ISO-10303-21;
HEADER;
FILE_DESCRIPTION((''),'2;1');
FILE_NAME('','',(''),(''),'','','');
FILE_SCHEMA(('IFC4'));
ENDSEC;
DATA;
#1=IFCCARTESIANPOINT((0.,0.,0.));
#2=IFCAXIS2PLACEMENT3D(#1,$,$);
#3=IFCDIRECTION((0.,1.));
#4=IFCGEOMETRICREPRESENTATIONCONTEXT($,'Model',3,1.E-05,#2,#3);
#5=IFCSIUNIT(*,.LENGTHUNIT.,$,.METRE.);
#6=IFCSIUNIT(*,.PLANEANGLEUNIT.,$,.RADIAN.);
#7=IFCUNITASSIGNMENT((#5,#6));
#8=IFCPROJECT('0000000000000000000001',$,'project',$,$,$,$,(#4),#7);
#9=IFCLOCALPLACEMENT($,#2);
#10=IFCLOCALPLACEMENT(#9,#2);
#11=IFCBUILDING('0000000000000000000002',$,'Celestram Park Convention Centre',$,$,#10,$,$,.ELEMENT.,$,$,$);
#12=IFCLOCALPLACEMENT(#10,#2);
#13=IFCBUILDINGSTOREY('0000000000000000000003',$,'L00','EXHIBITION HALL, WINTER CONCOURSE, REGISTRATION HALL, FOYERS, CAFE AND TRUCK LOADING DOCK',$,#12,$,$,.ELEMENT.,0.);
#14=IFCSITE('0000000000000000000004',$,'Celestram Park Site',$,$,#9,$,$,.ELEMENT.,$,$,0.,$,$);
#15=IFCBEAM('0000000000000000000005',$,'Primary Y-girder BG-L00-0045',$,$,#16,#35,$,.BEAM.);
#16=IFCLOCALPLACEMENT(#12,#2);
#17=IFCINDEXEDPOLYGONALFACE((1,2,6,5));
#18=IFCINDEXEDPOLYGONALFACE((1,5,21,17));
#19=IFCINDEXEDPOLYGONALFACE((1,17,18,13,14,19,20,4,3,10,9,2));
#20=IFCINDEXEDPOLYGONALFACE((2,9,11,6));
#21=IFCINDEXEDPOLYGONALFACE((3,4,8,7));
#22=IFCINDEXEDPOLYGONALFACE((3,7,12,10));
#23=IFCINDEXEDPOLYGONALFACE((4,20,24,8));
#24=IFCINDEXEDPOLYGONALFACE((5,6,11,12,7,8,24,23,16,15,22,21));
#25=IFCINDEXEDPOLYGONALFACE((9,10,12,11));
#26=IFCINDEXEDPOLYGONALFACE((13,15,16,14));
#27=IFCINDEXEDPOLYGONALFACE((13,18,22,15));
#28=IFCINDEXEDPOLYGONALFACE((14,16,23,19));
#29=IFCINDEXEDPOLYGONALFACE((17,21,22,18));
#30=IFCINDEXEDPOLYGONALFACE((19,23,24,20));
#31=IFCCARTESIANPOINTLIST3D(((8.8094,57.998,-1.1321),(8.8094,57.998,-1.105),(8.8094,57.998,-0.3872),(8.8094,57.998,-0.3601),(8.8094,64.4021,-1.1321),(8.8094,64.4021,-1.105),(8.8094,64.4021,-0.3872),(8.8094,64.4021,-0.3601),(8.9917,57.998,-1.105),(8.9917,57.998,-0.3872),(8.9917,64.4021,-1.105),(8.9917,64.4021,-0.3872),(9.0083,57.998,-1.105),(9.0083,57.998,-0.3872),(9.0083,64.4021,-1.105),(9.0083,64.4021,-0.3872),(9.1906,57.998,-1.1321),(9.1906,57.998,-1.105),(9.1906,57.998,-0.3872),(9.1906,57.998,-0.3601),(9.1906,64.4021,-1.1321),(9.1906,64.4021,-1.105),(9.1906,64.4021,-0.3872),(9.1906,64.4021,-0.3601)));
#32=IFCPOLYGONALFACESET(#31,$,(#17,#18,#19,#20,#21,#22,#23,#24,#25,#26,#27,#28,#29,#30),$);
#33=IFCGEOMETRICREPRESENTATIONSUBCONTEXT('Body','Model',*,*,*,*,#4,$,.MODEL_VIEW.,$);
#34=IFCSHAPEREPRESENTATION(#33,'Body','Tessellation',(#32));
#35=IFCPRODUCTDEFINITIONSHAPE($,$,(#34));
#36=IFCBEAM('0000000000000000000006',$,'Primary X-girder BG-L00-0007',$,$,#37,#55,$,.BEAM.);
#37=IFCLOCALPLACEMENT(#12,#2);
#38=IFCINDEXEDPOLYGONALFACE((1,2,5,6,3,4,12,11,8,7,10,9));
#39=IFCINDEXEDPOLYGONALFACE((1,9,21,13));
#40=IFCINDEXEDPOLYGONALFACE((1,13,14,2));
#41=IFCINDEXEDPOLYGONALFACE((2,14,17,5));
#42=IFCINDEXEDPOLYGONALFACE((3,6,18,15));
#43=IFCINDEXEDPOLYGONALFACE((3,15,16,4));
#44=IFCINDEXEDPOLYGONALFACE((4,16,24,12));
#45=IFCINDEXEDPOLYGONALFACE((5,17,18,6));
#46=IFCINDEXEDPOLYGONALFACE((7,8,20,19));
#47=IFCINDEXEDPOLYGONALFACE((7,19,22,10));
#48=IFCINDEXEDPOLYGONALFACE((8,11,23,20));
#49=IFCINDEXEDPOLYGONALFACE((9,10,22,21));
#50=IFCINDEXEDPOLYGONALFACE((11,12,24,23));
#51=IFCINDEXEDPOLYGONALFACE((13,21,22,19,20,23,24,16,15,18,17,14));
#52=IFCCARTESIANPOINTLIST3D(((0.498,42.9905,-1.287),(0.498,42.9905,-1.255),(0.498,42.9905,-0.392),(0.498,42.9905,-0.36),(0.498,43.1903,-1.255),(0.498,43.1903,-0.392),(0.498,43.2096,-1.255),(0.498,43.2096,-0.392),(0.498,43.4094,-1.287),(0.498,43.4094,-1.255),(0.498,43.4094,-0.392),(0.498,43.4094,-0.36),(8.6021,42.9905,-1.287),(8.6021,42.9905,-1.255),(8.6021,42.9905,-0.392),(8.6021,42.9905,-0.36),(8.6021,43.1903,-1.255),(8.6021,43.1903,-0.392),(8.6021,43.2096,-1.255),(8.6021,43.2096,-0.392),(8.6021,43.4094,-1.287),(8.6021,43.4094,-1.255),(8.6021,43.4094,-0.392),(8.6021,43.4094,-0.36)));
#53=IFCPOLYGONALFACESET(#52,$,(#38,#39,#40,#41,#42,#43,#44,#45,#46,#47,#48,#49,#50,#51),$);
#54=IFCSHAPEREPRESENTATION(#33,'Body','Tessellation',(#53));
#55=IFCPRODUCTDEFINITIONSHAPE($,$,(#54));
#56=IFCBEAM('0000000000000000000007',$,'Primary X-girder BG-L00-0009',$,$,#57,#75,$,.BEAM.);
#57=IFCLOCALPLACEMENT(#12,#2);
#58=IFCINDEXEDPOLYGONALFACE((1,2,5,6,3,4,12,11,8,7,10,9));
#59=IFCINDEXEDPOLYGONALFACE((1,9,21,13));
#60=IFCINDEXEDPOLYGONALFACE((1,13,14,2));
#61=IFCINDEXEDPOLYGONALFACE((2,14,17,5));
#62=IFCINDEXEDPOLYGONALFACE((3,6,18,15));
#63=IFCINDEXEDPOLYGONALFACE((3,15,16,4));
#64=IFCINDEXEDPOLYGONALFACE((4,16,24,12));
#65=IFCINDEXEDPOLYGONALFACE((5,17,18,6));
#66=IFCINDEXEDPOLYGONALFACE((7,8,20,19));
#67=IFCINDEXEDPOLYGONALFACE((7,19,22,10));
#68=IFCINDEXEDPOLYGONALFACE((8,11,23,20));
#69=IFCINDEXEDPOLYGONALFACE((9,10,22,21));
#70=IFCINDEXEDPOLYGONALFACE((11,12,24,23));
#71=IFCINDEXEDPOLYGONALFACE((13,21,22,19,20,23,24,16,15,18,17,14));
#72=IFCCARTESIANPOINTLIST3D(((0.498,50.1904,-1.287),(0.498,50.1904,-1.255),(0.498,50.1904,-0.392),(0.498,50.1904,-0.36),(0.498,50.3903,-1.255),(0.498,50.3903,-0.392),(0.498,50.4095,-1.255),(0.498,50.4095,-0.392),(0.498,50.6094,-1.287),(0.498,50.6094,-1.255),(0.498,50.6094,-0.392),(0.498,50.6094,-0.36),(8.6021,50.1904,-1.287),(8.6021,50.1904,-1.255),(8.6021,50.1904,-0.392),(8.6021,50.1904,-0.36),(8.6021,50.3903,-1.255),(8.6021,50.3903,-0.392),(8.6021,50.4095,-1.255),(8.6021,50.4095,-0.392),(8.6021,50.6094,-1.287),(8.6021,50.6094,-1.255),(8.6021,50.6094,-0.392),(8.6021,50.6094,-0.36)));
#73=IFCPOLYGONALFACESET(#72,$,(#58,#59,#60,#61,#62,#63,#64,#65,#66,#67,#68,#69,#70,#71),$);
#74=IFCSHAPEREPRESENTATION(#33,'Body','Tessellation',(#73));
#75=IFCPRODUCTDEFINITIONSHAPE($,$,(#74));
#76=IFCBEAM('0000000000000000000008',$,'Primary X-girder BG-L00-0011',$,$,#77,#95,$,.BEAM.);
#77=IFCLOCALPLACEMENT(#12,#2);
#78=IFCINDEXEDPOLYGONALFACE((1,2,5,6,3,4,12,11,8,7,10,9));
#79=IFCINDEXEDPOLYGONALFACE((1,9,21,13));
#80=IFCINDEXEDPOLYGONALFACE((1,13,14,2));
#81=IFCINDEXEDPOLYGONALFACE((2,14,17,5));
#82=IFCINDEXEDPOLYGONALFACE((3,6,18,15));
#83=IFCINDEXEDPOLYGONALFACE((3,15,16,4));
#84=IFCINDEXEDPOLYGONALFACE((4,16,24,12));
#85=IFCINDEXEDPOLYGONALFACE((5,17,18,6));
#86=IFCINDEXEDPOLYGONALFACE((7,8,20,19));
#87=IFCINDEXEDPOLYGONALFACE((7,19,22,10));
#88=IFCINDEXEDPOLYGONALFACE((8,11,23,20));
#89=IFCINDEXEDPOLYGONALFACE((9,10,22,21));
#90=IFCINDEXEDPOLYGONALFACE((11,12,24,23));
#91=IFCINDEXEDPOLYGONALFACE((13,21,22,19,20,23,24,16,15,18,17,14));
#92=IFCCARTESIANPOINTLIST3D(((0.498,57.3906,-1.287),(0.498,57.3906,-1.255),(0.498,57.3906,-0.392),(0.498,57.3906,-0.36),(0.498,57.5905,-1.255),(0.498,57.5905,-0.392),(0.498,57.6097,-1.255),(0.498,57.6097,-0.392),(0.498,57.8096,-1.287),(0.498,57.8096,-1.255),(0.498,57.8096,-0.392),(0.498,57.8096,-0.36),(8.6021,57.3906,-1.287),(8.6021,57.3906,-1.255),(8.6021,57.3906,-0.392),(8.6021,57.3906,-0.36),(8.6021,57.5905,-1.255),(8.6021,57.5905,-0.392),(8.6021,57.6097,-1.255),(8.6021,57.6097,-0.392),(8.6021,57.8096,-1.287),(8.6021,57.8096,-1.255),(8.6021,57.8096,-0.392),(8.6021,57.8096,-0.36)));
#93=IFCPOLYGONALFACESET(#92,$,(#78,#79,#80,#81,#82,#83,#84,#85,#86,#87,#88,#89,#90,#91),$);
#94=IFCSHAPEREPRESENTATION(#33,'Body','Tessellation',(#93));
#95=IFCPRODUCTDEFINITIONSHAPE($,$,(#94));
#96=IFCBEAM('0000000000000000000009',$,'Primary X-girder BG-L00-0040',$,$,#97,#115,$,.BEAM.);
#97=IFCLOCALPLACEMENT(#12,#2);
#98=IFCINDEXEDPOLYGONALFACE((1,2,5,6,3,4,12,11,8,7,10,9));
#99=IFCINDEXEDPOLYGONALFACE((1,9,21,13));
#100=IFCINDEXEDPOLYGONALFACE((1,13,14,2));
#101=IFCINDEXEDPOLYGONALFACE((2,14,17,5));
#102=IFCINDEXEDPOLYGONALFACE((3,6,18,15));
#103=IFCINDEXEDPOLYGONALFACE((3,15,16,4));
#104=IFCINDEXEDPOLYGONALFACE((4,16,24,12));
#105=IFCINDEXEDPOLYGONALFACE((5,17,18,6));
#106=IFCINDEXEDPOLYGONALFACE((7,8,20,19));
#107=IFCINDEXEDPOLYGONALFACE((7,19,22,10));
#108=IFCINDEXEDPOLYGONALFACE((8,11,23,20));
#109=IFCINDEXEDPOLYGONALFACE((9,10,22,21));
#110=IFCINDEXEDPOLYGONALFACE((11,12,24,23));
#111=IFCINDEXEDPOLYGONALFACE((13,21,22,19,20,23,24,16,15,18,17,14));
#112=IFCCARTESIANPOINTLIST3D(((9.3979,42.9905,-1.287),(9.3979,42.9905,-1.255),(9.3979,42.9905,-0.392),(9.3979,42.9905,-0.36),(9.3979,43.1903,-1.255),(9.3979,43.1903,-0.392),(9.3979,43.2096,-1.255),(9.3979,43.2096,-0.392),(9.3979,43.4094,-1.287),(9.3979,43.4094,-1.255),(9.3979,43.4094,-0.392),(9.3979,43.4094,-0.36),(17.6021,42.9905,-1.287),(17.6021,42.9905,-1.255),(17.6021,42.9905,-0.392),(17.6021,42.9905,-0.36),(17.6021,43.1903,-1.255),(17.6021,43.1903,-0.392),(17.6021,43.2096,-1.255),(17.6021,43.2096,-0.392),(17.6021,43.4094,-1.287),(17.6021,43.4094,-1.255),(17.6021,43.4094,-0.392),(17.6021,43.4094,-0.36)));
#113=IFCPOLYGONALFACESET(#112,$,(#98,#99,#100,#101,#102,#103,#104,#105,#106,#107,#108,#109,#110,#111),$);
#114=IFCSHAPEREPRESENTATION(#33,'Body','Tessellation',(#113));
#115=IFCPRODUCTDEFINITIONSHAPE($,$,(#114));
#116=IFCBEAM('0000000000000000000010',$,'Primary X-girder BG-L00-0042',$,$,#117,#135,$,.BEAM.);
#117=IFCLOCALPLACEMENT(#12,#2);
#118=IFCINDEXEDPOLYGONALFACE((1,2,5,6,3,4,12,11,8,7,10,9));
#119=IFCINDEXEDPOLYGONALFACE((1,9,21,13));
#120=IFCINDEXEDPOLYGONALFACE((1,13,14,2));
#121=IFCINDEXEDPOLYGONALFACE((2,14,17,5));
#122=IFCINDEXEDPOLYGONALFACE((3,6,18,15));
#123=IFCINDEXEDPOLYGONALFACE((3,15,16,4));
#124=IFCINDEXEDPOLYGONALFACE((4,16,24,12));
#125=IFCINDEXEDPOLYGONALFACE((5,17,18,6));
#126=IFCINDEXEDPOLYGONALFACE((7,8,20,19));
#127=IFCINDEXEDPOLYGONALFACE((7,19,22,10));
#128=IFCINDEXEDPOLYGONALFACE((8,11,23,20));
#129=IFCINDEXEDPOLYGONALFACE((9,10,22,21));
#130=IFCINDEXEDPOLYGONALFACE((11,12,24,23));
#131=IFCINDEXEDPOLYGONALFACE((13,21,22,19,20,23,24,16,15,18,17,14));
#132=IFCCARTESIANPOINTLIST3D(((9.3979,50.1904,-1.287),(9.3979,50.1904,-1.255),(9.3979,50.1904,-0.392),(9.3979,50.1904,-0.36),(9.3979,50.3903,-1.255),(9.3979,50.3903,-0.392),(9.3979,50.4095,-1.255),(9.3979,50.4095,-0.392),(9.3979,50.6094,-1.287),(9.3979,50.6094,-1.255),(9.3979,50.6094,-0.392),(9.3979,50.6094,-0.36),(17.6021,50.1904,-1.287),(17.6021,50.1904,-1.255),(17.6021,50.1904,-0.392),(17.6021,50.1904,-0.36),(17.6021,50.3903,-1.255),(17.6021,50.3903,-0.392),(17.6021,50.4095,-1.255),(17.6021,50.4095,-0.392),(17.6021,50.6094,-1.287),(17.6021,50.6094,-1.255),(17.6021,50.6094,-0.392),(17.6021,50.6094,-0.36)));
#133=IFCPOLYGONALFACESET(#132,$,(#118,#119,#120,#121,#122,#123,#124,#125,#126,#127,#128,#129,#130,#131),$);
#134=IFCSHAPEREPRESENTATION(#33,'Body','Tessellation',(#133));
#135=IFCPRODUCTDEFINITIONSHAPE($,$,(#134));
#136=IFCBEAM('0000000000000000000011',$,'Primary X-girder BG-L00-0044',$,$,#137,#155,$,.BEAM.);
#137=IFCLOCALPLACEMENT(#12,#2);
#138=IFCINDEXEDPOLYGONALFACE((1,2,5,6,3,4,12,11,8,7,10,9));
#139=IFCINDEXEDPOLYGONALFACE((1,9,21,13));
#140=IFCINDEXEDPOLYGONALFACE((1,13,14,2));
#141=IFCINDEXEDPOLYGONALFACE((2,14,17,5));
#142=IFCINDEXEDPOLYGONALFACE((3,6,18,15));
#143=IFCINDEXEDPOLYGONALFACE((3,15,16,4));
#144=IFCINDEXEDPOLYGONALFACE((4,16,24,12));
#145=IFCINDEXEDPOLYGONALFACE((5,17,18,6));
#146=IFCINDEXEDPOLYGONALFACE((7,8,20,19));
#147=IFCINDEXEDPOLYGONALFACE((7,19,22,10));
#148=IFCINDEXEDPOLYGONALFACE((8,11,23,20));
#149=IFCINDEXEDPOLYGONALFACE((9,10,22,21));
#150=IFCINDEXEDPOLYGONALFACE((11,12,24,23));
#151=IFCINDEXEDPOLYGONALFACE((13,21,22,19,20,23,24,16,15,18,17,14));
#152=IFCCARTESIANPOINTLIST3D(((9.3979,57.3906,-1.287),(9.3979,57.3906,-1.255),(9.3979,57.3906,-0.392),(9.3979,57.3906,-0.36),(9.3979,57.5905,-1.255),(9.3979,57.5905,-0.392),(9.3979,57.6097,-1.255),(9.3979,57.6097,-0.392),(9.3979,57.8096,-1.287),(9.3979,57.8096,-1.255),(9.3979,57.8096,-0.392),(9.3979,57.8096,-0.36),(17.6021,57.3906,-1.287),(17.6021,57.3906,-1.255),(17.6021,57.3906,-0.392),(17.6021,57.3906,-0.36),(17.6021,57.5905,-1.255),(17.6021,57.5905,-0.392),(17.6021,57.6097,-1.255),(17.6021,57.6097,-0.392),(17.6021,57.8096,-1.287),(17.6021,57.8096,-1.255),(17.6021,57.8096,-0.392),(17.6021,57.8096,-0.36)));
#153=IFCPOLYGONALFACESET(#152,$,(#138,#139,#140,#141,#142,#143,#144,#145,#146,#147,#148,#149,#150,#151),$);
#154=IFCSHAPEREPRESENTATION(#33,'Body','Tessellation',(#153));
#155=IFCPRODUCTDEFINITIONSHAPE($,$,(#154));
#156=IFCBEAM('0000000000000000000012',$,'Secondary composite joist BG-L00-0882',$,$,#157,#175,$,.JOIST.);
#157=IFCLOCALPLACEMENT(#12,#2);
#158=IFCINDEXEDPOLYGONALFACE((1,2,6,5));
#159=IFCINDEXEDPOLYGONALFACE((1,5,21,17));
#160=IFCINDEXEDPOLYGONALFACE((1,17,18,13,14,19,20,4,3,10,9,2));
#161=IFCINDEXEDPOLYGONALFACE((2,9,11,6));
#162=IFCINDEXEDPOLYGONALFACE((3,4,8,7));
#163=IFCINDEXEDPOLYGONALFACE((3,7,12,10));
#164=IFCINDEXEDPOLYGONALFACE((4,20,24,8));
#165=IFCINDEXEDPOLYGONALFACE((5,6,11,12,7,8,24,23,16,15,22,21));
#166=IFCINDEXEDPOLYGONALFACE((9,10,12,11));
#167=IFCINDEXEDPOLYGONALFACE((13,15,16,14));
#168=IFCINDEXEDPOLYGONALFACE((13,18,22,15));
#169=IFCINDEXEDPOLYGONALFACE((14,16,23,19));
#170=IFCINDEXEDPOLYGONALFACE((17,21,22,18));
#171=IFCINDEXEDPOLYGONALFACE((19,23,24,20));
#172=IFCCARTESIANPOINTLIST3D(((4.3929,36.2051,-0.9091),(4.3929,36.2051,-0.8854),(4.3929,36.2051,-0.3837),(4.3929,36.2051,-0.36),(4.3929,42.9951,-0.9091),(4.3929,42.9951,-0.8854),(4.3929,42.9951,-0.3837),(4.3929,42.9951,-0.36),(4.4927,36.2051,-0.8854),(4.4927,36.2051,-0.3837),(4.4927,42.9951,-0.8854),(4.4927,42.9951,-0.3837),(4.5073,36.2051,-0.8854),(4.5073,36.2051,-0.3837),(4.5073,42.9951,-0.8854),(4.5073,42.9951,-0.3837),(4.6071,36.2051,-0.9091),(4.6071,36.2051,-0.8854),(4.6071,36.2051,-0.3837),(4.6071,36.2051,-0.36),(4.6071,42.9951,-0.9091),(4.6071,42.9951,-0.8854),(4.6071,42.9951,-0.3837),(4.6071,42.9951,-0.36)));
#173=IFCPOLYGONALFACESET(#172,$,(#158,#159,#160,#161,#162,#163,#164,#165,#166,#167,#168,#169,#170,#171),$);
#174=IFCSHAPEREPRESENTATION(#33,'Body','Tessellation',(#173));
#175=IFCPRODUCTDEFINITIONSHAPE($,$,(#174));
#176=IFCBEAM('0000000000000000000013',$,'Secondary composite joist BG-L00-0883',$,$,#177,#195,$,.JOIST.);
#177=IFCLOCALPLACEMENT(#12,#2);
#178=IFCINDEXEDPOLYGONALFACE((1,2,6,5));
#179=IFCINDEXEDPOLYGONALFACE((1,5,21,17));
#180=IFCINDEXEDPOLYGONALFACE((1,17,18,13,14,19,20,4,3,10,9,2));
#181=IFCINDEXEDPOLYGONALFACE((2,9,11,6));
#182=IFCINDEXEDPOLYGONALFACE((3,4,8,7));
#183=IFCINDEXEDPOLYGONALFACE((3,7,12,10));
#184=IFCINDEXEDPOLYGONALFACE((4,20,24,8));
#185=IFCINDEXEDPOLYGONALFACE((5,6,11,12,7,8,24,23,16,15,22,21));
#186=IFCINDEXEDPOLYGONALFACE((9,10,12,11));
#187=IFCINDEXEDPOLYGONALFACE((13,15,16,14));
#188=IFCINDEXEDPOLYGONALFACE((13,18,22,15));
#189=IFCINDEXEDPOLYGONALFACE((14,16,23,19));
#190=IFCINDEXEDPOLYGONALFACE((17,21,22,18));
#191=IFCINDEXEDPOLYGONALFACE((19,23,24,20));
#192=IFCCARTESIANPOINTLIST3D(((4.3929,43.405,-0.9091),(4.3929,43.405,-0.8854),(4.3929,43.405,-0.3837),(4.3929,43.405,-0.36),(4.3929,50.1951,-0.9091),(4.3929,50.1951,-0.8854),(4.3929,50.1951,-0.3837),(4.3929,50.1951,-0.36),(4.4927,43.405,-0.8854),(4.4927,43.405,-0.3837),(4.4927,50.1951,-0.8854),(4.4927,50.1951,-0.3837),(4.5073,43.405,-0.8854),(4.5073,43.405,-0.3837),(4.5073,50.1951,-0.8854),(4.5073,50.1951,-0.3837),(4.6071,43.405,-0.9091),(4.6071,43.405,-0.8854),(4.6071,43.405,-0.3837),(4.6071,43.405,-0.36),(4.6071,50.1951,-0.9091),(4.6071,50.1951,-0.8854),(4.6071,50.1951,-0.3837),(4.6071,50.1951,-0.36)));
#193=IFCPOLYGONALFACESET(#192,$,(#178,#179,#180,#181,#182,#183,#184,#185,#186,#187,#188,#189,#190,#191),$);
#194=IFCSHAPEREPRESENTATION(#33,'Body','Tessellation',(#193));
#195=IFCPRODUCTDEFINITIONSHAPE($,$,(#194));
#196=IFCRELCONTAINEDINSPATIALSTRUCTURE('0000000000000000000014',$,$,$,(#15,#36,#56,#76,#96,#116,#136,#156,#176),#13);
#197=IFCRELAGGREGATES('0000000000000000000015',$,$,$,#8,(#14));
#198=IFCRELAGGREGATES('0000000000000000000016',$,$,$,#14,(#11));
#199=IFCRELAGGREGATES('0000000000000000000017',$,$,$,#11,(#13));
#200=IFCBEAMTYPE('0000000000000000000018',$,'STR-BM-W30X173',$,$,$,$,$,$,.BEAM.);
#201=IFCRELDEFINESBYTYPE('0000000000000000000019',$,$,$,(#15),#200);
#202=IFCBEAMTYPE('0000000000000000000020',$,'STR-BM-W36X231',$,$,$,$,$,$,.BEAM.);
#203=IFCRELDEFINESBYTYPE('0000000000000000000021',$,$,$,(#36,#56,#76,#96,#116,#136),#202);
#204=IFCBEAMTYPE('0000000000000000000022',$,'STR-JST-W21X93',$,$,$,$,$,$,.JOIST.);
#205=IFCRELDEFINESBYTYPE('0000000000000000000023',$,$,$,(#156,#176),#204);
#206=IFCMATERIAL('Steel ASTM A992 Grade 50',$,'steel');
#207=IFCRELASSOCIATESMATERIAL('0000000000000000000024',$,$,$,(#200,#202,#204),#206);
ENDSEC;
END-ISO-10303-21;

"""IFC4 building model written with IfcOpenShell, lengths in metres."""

from ifc_helpers import new_model, si_unit, direction, frame, origin, origin_2d, place, context, subcontext, project, spatial, i_section, extrude, material, material_profile, profile_set, type_object, element, save


model = new_model("IFC4")

# Units and contexts
model_context = context("Model", 3, precision=1e-05, world=origin(), true_north=direction((0.0, 1.0)))
body_context = subcontext(model_context, "Body", "Model", "MODEL_VIEW")
ifc_project = project(units=[si_unit("LENGTHUNIT", "METRE"), si_unit("PLANEANGLEUNIT", "RADIAN")], contexts=[model_context])

# Site, building, storey
site_placement = place(None, origin())
site = spatial("IfcSite", under=ifc_project, at=site_placement, Name="Celestram Park Site", CompositionType="ELEMENT", RefElevation=0.0)
building_placement = place(site_placement, origin())
building = spatial("IfcBuilding", under=site, at=building_placement, Name="Celestram Park Convention Centre", CompositionType="ELEMENT")
storey_placement = place(building_placement, origin())
storey = spatial("IfcBuildingStorey", under=building, at=storey_placement, Name="L00", Description="EXHIBITION HALL, WINTER CONCOURSE, REGISTRATION HALL, FOYERS, CAFE AND TRUCK LOADING DOCK", CompositionType="ELEMENT", Elevation=0.0)

# Shared definitions
ifc_material_1 = material(Name="Steel ASTM A992 Grade 50", Category="steel")

# Beams
ifc_material_profile_1 = material_profile(ifc_material_1, i_section(OverallWidth=0.3811, OverallDepth=0.772, WebThickness=0.0166, FlangeThickness=0.0271, at=origin_2d()), Name="W30X173")
ifc_profile_set_1 = profile_set([ifc_material_profile_1], Name="Steel ASTM A992 Grade 50")
beam_type_1 = type_object("IfcBeamType", Name="STR-BM-W30X173", PredefinedType="BEAM", material=ifc_profile_set_1)
beam_1_placement = place(storey_placement, frame((9.0, 57.998, -0.7461), z_axis=(0.0, 1.0, 0.0), x_axis=(-1.0, 0.0, 0.0)))
element("IfcBeam", 1, at=beam_1_placement, inside=storey, type_object=beam_type_1, Name="Primary Y-girder BG-L00-0045", PredefinedType="BEAM", context=body_context, shape_type="SweptSolid", body=[
    extrude(i_section(OverallWidth=0.3811, OverallDepth=0.772, WebThickness=0.0166, FlangeThickness=0.0271, at=origin_2d()), origin(), (0.0, 0.0, 1.0), 6.4041),
])
ifc_material_profile_2 = material_profile(ifc_material_1, i_section(OverallWidth=0.4189, OverallDepth=0.927, WebThickness=0.0193, FlangeThickness=0.032, at=origin_2d()), Name="W36X231")
ifc_profile_set_2 = profile_set([ifc_material_profile_2], Name="Steel ASTM A992 Grade 50")
beam_type_2 = type_object("IfcBeamType", Name="STR-BM-W36X231", PredefinedType="BEAM", material=ifc_profile_set_2)
for number, where, z_axis, x_axis, name in (
    (2, (0.498, 43.2, -0.8235), (1.0, 0.0, 0.0), (0.0, 1.0, 0.0), "Primary X-girder BG-L00-0007"),
    (3, (0.498, 50.3999, -0.8235), (1.0, 0.0, 0.0), (0.0, 1.0, 0.0), "Primary X-girder BG-L00-0009"),
    (4, (0.498, 57.6001, -0.8235), (1.0, 0.0, 0.0), (0.0, 1.0, 0.0), "Primary X-girder BG-L00-0011"),
):
    element("IfcBeam", number, at=place(storey_placement, frame(where, z_axis=z_axis, x_axis=x_axis)), inside=storey, type_object=beam_type_2, Name=name, PredefinedType="BEAM", context=body_context, shape_type="SweptSolid", body=[
        extrude(i_section(OverallWidth=0.4189, OverallDepth=0.927, WebThickness=0.0193, FlangeThickness=0.032, at=origin_2d()), origin(), (0.0, 0.0, 1.0), 8.104),
    ])
for number, where, z_axis, x_axis, name in (
    (5, (9.3979, 43.2, -0.8235), (1.0, 0.0, 0.0), (0.0, 1.0, 0.0), "Primary X-girder BG-L00-0040"),
    (6, (9.3979, 50.3999, -0.8235), (1.0, 0.0, 0.0), (0.0, 1.0, 0.0), "Primary X-girder BG-L00-0042"),
    (7, (9.3979, 57.6001, -0.8235), (1.0, 0.0, 0.0), (0.0, 1.0, 0.0), "Primary X-girder BG-L00-0044"),
):
    element("IfcBeam", number, at=place(storey_placement, frame(where, z_axis=z_axis, x_axis=x_axis)), inside=storey, type_object=beam_type_2, Name=name, PredefinedType="BEAM", context=body_context, shape_type="SweptSolid", body=[
        extrude(i_section(OverallWidth=0.4189, OverallDepth=0.927, WebThickness=0.0193, FlangeThickness=0.032, at=origin_2d()), origin(), (0.0, 0.0, 1.0), 8.2041),
    ])
ifc_material_profile_3 = material_profile(ifc_material_1, i_section(OverallWidth=0.2141, OverallDepth=0.5491, WebThickness=0.0146, FlangeThickness=0.0237, at=origin_2d()), Name="W21X93")
ifc_profile_set_3 = profile_set([ifc_material_profile_3], Name="Steel ASTM A992 Grade 50")
beam_type_3 = type_object("IfcBeamType", Name="STR-JST-W21X93", PredefinedType="JOIST", material=ifc_profile_set_3)
for number, where, z_axis, x_axis, name in (
    (8, (4.5, 36.2051, -0.6345), (0.0, 1.0, 0.0), (-1.0, 0.0, 0.0), "Secondary composite joist BG-L00-0882"),
    (9, (4.5, 43.405, -0.6345), (0.0, 1.0, 0.0), (-1.0, 0.0, 0.0), "Secondary composite joist BG-L00-0883"),
):
    element("IfcBeam", number, at=place(storey_placement, frame(where, z_axis=z_axis, x_axis=x_axis)), inside=storey, type_object=beam_type_3, Name=name, PredefinedType="JOIST", context=body_context, shape_type="SweptSolid", body=[
        extrude(i_section(OverallWidth=0.2141, OverallDepth=0.5491, WebThickness=0.0146, FlangeThickness=0.0237, at=origin_2d()), origin(), (0.0, 0.0, 1.0), 6.79),
    ])

save(model, "model.ifc")
